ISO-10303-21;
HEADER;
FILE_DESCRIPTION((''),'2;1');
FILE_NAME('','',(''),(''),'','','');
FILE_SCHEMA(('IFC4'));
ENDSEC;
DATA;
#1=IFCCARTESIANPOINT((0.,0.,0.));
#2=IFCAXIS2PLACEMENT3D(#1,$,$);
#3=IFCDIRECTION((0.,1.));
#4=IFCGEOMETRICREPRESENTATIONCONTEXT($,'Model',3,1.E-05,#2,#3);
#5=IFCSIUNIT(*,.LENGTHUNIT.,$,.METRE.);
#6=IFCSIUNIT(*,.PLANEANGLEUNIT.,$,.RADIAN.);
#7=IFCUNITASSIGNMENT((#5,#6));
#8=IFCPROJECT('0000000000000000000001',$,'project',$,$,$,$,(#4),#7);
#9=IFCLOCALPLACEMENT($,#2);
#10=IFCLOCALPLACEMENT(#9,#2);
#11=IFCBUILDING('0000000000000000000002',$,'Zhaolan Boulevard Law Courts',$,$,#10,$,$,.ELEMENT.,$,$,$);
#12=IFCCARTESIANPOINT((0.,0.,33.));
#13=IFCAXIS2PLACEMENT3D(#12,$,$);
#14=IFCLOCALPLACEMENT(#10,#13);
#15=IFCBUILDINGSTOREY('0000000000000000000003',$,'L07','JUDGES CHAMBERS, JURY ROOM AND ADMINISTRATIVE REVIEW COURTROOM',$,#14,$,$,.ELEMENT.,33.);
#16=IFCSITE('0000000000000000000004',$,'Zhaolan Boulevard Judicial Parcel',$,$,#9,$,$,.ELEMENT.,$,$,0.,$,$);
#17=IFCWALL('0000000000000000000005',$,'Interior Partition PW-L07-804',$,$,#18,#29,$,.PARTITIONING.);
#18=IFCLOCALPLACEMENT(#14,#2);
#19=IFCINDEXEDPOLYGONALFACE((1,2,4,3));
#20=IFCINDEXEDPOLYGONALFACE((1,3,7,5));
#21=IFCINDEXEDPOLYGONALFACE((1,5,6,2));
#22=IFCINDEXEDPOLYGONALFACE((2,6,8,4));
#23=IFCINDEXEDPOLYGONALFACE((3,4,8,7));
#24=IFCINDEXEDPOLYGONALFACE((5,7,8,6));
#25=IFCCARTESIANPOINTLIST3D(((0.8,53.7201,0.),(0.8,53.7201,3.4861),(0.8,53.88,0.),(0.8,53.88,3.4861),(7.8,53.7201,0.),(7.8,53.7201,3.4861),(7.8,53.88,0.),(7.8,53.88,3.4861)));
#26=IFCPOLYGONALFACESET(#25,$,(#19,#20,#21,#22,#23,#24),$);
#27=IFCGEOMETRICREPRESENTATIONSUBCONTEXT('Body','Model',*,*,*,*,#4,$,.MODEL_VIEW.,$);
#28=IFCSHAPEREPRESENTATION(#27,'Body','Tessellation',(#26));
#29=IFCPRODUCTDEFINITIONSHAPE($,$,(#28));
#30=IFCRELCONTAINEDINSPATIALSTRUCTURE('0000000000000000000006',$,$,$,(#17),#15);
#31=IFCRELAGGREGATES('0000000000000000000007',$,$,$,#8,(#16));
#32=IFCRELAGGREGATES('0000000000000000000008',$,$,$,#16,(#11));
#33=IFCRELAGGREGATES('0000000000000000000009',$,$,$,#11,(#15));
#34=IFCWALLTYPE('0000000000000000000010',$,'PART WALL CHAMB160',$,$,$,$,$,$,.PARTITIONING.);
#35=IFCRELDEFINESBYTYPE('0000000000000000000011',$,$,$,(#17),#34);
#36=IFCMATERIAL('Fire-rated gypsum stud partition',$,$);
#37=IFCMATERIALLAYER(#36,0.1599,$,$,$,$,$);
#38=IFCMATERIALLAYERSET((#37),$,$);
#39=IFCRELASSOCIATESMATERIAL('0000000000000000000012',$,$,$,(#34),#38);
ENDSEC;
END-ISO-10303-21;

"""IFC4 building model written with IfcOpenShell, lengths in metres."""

from ifc_helpers import new_model, si_unit, direction, frame, frame_2d, origin, place, context, subcontext, project, spatial, rectangle, extrude, material, layer, layer_set, type_object, element, save


model = new_model("IFC4")

# Units and contexts
model_context = context("Model", 3, precision=1e-05, world=origin(), true_north=direction((0.0, 1.0)))
body_context = subcontext(model_context, "Body", "Model", "MODEL_VIEW")
ifc_project = project(units=[si_unit("LENGTHUNIT", "METRE"), si_unit("PLANEANGLEUNIT", "RADIAN")], contexts=[model_context])

# Site, building, storey
site_placement = place(None, origin())
site = spatial("IfcSite", under=ifc_project, at=site_placement, Name="Zhaolan Boulevard Judicial Parcel", CompositionType="ELEMENT", RefElevation=0.0)
building_placement = place(site_placement, origin())
building = spatial("IfcBuilding", under=site, at=building_placement, Name="Zhaolan Boulevard Law Courts", CompositionType="ELEMENT")
storey_placement = place(building_placement, frame((0.0, 0.0, 33.0)))
storey = spatial("IfcBuildingStorey", under=building, at=storey_placement, Name="L07", Description="JUDGES CHAMBERS, JURY ROOM AND ADMINISTRATIVE REVIEW COURTROOM", CompositionType="ELEMENT", Elevation=33.0)

# Wall
ifc_material_1 = material(Name="Fire-rated gypsum stud partition")
ifc_layer_1 = layer(ifc_material_1, 0.1599)
ifc_layer_set_1 = layer_set([ifc_layer_1])
wall_type_1 = type_object("IfcWallType", Name="PART WALL CHAMB160", PredefinedType="PARTITIONING", material=ifc_layer_set_1)
wall_1_placement = place(storey_placement, frame((7.8, 53.8, 0.0), z_axis=(0.0, 0.0, 1.0), x_axis=(-1.0, 0.0, 0.0)))
element("IfcWall", 1, at=wall_1_placement, inside=storey, type_object=wall_type_1, Name="Interior Partition PW-L07-804", PredefinedType="PARTITIONING", context=body_context, shape_type="SweptSolid", body=[
    extrude(rectangle(XDim=7.0, YDim=0.1599, at=frame_2d((3.5, 0.0))), origin(), (0.0, 0.0, 1.0), 3.4861),
])

save(model, "model.ifc")
